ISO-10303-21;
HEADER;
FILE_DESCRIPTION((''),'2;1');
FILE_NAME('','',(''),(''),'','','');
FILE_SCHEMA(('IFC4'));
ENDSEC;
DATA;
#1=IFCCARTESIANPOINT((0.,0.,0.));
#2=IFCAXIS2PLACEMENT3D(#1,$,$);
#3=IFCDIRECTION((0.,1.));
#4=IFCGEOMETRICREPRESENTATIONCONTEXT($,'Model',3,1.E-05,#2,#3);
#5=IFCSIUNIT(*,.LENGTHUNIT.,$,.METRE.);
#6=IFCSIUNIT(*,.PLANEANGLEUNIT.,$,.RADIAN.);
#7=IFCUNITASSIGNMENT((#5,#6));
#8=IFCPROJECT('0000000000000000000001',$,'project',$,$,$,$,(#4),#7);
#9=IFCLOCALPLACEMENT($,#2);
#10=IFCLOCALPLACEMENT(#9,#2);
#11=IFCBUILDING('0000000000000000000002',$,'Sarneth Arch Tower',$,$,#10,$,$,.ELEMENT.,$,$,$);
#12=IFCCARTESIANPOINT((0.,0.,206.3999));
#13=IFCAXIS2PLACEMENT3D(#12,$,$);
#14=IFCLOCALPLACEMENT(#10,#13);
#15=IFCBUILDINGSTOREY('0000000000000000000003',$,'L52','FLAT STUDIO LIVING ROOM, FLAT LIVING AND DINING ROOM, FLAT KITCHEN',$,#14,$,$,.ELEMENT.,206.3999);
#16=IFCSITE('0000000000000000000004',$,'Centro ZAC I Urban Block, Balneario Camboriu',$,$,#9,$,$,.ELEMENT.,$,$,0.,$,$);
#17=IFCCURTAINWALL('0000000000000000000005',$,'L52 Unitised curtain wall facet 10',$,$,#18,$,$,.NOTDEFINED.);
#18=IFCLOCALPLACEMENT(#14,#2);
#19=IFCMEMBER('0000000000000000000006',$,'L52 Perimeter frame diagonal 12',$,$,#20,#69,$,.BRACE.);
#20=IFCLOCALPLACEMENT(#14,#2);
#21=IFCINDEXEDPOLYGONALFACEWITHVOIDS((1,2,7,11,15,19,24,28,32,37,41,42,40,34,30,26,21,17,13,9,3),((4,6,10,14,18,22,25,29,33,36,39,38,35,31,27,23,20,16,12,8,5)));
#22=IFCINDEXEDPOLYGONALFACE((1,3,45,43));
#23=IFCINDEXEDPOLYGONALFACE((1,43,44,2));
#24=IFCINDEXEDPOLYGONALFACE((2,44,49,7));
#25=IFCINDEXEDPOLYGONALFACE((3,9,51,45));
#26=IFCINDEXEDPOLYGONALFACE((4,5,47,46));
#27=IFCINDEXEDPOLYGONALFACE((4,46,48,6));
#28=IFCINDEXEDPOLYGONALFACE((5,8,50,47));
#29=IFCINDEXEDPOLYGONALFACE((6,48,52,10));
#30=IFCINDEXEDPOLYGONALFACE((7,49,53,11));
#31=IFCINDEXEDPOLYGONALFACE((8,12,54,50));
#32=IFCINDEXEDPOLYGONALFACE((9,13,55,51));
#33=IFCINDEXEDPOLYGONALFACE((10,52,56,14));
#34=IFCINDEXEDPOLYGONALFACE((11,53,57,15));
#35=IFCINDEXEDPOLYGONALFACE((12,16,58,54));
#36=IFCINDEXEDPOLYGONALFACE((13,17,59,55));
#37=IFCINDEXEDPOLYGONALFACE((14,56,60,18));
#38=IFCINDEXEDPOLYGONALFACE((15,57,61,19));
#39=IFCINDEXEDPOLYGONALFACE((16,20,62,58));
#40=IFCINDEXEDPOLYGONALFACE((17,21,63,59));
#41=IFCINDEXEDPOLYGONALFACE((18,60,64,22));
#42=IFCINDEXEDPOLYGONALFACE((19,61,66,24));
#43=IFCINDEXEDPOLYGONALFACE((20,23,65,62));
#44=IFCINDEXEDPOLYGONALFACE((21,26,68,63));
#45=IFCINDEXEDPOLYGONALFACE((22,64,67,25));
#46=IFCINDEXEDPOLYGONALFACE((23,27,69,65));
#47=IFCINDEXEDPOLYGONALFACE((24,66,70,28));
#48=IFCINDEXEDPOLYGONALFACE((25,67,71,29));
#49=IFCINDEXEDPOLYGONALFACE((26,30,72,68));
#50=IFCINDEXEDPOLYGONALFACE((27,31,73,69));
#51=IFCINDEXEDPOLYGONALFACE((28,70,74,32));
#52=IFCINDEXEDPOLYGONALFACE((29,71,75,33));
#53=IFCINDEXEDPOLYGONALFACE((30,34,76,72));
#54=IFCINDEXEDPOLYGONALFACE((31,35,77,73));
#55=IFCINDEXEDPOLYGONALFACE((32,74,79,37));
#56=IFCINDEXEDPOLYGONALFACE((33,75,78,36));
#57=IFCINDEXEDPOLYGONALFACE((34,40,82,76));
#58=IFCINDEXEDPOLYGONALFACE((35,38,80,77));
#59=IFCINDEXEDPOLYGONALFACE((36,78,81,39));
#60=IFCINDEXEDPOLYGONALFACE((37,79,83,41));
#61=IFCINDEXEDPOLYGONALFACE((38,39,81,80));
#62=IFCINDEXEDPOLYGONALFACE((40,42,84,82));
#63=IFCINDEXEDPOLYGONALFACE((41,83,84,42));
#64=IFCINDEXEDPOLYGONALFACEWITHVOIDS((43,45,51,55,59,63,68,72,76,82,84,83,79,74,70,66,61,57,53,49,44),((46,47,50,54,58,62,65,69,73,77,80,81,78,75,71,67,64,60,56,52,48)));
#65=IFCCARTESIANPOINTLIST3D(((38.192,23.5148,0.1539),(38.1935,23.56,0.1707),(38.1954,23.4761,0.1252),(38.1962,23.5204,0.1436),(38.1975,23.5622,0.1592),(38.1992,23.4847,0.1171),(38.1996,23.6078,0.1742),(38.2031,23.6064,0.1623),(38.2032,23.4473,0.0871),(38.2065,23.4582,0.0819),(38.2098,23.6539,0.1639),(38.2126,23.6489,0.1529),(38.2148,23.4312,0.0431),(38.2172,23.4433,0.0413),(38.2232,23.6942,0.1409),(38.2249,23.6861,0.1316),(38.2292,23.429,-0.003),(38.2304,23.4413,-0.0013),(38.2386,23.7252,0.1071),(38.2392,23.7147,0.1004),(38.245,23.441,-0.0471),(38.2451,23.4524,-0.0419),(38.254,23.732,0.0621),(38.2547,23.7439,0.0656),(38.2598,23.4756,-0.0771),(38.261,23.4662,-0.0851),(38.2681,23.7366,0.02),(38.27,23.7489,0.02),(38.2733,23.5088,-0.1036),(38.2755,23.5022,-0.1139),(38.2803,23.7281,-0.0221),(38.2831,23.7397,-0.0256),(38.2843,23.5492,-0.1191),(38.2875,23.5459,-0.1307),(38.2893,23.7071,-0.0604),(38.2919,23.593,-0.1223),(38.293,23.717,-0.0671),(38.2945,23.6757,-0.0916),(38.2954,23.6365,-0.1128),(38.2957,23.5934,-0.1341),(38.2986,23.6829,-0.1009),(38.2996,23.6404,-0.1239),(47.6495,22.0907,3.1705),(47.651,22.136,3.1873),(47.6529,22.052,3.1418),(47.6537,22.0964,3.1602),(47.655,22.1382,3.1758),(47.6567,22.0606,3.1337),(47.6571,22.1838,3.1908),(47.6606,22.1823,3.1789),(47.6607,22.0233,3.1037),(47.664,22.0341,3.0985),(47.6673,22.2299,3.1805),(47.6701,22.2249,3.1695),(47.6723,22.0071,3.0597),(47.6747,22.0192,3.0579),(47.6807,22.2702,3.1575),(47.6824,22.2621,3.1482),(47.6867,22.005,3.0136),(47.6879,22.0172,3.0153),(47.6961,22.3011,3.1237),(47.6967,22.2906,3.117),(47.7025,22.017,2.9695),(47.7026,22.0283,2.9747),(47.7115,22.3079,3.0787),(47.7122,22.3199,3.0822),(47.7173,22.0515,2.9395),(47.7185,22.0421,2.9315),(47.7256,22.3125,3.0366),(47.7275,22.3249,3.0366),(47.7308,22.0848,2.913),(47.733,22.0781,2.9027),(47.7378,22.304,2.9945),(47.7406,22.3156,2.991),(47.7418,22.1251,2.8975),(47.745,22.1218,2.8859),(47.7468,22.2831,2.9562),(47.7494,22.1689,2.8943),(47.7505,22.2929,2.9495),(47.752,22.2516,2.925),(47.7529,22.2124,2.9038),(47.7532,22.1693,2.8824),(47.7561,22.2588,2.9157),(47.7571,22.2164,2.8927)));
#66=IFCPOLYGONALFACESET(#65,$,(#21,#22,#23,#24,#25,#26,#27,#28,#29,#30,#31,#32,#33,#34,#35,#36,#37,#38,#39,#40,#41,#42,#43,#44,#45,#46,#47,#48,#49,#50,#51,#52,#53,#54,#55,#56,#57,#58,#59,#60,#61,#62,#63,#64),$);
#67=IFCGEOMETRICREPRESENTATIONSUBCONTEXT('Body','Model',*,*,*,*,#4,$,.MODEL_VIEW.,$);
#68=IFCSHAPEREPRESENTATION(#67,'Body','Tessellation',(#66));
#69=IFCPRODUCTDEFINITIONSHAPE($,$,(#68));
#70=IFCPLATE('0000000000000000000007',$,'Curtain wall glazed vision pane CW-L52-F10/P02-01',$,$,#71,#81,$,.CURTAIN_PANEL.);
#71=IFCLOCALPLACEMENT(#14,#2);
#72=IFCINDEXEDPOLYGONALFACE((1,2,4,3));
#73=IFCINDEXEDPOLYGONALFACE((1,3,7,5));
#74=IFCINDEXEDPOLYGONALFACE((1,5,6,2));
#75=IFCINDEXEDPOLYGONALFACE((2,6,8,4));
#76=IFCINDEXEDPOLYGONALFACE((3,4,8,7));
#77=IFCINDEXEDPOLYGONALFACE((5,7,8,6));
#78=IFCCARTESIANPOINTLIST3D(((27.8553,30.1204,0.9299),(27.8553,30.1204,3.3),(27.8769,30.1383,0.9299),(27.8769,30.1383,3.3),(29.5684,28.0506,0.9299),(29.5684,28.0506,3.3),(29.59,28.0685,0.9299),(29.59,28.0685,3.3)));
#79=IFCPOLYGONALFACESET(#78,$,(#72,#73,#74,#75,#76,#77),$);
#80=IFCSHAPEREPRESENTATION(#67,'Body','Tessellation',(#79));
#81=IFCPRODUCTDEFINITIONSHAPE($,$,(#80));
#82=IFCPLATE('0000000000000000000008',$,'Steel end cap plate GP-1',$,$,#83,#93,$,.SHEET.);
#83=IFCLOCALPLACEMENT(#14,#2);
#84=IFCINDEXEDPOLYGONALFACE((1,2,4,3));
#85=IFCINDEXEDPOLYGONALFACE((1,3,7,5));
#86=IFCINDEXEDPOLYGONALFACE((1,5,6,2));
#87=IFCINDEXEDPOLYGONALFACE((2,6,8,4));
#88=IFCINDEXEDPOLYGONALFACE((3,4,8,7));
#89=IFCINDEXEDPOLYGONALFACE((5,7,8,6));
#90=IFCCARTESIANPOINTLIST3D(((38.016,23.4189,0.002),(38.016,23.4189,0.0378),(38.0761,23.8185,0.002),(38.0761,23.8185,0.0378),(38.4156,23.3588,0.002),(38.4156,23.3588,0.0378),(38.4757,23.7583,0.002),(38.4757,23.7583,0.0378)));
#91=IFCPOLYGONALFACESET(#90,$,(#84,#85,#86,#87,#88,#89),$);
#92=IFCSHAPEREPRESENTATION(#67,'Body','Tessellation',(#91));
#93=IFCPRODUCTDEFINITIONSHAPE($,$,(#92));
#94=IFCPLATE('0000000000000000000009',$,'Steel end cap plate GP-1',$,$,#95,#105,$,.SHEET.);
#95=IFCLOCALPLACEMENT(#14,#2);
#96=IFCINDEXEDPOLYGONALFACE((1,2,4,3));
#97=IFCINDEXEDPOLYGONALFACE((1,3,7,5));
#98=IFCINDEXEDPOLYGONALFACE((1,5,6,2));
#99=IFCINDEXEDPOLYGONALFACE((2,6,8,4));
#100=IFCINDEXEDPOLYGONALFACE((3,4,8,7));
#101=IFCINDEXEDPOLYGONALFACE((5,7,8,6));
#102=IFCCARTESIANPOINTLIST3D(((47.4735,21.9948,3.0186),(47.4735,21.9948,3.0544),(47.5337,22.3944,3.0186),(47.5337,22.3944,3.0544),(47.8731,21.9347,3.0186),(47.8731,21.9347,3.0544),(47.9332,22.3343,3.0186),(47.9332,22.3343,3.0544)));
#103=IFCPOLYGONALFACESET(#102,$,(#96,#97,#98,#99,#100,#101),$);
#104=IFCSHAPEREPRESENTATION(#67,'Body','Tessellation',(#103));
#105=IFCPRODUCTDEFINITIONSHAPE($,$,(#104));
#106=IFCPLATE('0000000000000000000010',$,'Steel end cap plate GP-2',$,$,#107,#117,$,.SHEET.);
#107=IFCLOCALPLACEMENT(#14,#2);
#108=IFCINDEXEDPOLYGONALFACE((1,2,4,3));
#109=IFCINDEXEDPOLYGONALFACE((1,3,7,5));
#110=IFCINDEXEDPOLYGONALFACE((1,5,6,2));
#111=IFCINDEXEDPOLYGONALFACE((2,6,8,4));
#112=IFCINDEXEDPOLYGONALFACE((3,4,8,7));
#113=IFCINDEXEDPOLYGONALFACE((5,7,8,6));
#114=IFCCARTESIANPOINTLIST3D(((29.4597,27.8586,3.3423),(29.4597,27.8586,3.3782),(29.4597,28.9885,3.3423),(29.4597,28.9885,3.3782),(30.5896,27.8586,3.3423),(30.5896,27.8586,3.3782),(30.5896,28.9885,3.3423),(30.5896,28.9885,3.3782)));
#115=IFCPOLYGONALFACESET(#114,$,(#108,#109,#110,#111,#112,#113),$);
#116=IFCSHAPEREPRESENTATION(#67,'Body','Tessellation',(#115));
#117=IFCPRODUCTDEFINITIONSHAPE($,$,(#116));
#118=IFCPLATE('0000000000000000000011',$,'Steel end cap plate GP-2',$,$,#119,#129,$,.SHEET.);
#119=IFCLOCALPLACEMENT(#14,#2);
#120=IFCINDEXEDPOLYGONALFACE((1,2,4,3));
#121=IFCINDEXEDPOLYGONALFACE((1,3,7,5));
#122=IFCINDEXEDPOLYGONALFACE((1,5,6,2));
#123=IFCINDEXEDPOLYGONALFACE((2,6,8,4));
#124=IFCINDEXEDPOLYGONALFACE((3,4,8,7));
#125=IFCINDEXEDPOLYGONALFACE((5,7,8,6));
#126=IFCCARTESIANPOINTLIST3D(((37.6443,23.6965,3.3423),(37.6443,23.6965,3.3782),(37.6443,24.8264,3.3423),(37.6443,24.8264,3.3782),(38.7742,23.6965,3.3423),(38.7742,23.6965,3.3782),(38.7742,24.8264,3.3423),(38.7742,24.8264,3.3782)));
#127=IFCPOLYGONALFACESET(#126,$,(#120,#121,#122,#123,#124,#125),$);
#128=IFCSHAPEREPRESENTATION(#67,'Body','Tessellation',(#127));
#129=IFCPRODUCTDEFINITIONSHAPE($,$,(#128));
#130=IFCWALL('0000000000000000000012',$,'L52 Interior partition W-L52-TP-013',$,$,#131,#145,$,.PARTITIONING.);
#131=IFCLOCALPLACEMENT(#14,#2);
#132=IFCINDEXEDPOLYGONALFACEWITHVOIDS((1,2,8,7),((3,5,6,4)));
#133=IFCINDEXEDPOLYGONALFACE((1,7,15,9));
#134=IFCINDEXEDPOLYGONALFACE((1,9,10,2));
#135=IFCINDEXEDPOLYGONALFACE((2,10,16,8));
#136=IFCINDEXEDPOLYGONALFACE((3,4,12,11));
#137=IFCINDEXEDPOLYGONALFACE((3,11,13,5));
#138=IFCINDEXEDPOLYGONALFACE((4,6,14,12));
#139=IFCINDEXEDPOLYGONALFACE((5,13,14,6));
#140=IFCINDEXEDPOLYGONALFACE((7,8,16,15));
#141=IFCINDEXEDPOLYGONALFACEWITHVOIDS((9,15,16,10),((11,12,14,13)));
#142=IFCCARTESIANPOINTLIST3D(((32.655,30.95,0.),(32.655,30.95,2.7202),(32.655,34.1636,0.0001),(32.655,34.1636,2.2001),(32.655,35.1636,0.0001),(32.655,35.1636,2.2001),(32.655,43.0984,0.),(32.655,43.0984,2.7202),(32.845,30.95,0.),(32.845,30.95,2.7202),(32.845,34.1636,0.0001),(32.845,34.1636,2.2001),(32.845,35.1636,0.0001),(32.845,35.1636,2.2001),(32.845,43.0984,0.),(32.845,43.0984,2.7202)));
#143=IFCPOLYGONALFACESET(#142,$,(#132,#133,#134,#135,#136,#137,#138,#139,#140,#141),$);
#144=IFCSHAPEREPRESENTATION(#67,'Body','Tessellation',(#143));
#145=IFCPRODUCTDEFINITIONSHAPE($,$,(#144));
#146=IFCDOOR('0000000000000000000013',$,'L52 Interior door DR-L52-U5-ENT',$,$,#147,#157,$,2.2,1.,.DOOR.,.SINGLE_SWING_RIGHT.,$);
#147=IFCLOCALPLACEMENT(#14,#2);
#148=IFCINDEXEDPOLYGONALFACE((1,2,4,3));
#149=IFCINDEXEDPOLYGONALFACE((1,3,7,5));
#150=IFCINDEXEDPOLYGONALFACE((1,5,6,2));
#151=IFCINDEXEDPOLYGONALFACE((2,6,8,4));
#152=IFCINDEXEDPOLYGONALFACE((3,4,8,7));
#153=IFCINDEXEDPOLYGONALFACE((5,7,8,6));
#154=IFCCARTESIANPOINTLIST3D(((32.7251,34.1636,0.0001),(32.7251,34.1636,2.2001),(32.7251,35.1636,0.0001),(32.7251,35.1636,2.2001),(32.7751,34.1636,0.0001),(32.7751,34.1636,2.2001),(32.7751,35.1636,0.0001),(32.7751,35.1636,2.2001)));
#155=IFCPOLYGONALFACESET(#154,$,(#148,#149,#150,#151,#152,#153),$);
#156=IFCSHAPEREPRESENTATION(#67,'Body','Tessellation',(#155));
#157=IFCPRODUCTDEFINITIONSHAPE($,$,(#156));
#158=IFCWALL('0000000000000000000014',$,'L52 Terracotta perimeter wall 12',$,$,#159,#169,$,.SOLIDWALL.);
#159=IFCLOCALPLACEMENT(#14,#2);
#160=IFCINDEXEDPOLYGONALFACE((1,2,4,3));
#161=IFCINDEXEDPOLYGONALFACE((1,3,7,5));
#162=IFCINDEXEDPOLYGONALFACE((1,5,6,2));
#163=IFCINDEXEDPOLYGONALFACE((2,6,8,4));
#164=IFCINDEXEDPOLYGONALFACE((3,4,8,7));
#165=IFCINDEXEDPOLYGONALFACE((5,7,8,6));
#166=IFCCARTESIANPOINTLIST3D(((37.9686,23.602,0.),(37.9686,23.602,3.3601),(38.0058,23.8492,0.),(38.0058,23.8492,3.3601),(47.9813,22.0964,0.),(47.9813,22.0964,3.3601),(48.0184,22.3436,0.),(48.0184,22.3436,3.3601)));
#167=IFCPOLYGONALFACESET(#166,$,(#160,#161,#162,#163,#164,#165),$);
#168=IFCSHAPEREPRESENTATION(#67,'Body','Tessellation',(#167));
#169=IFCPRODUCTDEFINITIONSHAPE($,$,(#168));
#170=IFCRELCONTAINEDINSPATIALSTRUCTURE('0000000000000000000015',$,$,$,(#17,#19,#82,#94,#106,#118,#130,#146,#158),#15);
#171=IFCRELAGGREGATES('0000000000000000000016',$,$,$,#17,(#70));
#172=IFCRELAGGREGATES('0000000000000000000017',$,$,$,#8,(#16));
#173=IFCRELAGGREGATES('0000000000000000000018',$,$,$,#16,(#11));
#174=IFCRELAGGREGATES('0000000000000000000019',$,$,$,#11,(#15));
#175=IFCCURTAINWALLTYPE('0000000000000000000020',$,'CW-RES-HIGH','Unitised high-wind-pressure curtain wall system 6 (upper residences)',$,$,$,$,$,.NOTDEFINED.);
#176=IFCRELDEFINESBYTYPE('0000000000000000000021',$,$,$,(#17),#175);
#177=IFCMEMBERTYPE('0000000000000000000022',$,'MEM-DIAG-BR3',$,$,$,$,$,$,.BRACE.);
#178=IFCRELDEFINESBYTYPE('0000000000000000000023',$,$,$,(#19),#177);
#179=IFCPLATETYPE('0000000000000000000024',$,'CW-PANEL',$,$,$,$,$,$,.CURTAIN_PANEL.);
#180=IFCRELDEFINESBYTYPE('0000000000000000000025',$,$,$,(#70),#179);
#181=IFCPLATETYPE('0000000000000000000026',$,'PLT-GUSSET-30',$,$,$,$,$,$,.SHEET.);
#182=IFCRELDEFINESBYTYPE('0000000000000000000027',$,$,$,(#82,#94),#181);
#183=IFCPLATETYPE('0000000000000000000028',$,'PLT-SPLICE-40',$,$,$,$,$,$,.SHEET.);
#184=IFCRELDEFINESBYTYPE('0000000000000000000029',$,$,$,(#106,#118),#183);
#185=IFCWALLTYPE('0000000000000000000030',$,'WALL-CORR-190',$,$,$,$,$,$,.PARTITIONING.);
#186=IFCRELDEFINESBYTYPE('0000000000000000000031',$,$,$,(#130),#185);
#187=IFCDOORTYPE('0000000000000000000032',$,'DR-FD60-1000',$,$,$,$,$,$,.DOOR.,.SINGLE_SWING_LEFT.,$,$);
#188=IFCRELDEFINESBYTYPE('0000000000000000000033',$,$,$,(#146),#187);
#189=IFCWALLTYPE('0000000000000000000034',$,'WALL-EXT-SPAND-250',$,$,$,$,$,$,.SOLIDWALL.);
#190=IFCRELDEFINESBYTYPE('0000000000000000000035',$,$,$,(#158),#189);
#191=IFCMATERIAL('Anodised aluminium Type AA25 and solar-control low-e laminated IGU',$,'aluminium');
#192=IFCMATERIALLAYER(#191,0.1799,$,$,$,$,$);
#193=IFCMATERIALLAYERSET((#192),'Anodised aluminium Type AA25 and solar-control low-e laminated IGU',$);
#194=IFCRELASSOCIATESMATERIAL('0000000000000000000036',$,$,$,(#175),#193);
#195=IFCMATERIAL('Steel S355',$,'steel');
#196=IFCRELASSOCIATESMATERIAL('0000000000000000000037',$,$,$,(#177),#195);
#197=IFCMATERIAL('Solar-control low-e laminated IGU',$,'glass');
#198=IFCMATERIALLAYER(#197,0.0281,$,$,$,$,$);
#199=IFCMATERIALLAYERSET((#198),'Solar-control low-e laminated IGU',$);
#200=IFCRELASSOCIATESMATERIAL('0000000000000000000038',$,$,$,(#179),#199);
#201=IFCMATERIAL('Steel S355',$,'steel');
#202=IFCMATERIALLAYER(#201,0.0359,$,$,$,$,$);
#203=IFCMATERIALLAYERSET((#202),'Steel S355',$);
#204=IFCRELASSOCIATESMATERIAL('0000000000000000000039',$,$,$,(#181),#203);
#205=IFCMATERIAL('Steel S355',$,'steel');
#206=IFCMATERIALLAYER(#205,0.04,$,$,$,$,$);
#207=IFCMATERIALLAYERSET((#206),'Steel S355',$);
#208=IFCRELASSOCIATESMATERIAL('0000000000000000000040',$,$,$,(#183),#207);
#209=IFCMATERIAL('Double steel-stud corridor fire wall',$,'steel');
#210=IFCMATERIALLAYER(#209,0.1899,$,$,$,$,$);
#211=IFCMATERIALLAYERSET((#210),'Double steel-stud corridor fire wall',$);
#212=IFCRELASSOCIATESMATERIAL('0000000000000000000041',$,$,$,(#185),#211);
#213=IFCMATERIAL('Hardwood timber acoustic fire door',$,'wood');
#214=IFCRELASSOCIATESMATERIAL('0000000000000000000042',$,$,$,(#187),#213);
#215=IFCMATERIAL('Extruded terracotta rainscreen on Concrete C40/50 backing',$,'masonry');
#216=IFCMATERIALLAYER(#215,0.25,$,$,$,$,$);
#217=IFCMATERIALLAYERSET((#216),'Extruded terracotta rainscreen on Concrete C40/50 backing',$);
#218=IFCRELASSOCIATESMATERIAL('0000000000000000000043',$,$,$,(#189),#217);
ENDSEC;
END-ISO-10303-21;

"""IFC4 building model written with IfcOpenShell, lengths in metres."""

from ifc_helpers import new_model, si_unit, direction, frame, frame_2d, origin, origin_2d, place, context, subcontext, project, spatial, rectangle, hollow_circle, extrude, material, layer, layer_set, material_profile, profile_set, type_object, element, fill, aggregate, save


model = new_model("IFC4")

# Units and contexts
model_context = context("Model", 3, precision=1e-05, world=origin(), true_north=direction((0.0, 1.0)))
body_context = subcontext(model_context, "Body", "Model", "MODEL_VIEW")
ifc_project = project(units=[si_unit("LENGTHUNIT", "METRE"), si_unit("PLANEANGLEUNIT", "RADIAN")], contexts=[model_context])

# Site, building, storey
site_placement = place(None, origin())
site = spatial("IfcSite", under=ifc_project, at=site_placement, Name="Centro ZAC I Urban Block, Balneario Camboriu", CompositionType="ELEMENT", RefElevation=0.0)
building_placement = place(site_placement, origin())
building = spatial("IfcBuilding", under=site, at=building_placement, Name="Sarneth Arch Tower", CompositionType="ELEMENT")
storey_placement = place(building_placement, frame((0.0, 0.0, 206.3999)))
storey = spatial("IfcBuildingStorey", under=building, at=storey_placement, Name="L52", Description="FLAT STUDIO LIVING ROOM, FLAT LIVING AND DINING ROOM, FLAT KITCHEN", CompositionType="ELEMENT", Elevation=206.3999)

# Curtain wall
ifc_material_1 = material(Name="Anodised aluminium Type AA25 and solar-control low-e laminated IGU", Category="aluminium")
ifc_layer_1 = layer(ifc_material_1, 0.1799)
ifc_layer_set_1 = layer_set([ifc_layer_1], Name="Anodised aluminium Type AA25 and solar-control low-e laminated IGU")
curtain_wall_type = type_object("IfcCurtainWallType", Name="CW-RES-HIGH", Description="Unitised high-wind-pressure curtain wall system 6 (upper residences)", PredefinedType="NOTDEFINED", material=ifc_layer_set_1)
curtain_wall_placement = place(storey_placement, origin())
curtain_wall = element("IfcCurtainWall", 1, at=curtain_wall_placement, inside=storey, type_object=curtain_wall_type, Name="L52 Unitised curtain wall facet 10", PredefinedType="NOTDEFINED")

# Member
ifc_material_2 = material(Name="Steel S355", Category="steel")
ifc_material_profile_1 = material_profile(ifc_material_2, hollow_circle(Radius=0.1621, WallThickness=0.0125, at=origin_2d()), Name="CHS324x12.5")
ifc_profile_set_1 = profile_set([ifc_material_profile_1], Name="Steel S355")
member_type_1 = type_object("IfcMemberType", Name="MEM-DIAG-BR3", PredefinedType="BRACE", material=ifc_profile_set_1)
member_1_placement = place(storey_placement, frame((38.2458, 23.5886, 0.02), z_axis=(0.943056, -0.142001, 0.3008), x_axis=(0.148897, 0.988853, 0.0)))
element("IfcMember", 2, at=member_1_placement, inside=storey, type_object=member_type_1, Name="L52 Perimeter frame diagonal 12", PredefinedType="BRACE", context=body_context, shape_type="SweptSolid", body=[
    extrude(hollow_circle(Radius=0.1621, WallThickness=0.0125, at=origin_2d()), origin(), (0.0, 0.0, 1.0), 10.0286),
])

# Plate
ifc_material_3 = material(Name="Solar-control low-e laminated IGU", Category="glass")
ifc_layer_2 = layer(ifc_material_3, 0.0281)
ifc_layer_set_2 = layer_set([ifc_layer_2], Name="Solar-control low-e laminated IGU")
plate_type_1 = type_object("IfcPlateType", Name="CW-PANEL", PredefinedType="CURTAIN_PANEL", material=ifc_layer_set_2)
plate_placement = place(storey_placement, frame((28.7227, 29.0945, 0.9299), z_axis=(0.0, 0.0, 1.0), x_axis=(0.63761, -0.770359, 0.0)))
plate = element("IfcPlate", 3, at=plate_placement, type_object=plate_type_1, Name="Curtain wall glazed vision pane CW-L52-F10/P02-01", PredefinedType="CURTAIN_PANEL", context=body_context, shape_type="SweptSolid", body=[
    extrude(rectangle(XDim=2.6868, YDim=0.0281, at=origin_2d()), origin(), (0.0, 0.0, 1.0), 2.3701),
])
aggregate(curtain_wall, [plate])

# Plates
ifc_material_4 = material(Name="Steel S355", Category="steel")
ifc_layer_3 = layer(ifc_material_4, 0.0359)
ifc_layer_set_3 = layer_set([ifc_layer_3], Name="Steel S355")
plate_type_2 = type_object("IfcPlateType", Name="PLT-GUSSET-30", PredefinedType="SHEET", material=ifc_layer_set_3)
for number, where, z_axis, x_axis, name in (
    (4, (38.2458, 23.5886, 0.002), (0.0, 0.0, 1.0), (0.988861, -0.148845, 0.0), "Steel end cap plate GP-1"),
    (5, (47.7034, 22.1646, 3.0186), (0.0, 0.0, 1.0), (0.988861, -0.148845, 0.0), "Steel end cap plate GP-1"),
):
    element("IfcPlate", number, at=place(storey_placement, frame(where, z_axis=z_axis, x_axis=x_axis)), inside=storey, type_object=plate_type_2, Name=name, PredefinedType="SHEET", context=body_context, shape_type="SweptSolid", body=[
        extrude(rectangle(XDim=0.4041, YDim=0.4041, at=origin_2d()), origin(), (0.0, 0.0, 1.0), 0.0359),
    ])
ifc_material_5 = material(Name="Steel S355", Category="steel")
ifc_layer_4 = layer(ifc_material_5, 0.04)
ifc_layer_set_4 = layer_set([ifc_layer_4], Name="Steel S355")
plate_type_3 = type_object("IfcPlateType", Name="PLT-SPLICE-40", PredefinedType="SHEET", material=ifc_layer_set_4)
for number, where, z_axis, x_axis, name in (
    (6, (30.0247, 28.4236, 3.3423), (0.0, 0.0, 1.0), (1.0, 0.0, 0.0), "Steel end cap plate GP-2"),
    (7, (38.2092, 24.2615, 3.3423), (0.0, 0.0, 1.0), (1.0, 0.0, 0.0), "Steel end cap plate GP-2"),
):
    element("IfcPlate", number, at=place(storey_placement, frame(where, z_axis=z_axis, x_axis=x_axis)), inside=storey, type_object=plate_type_3, Name=name, PredefinedType="SHEET", context=body_context, shape_type="SweptSolid", body=[
        extrude(rectangle(XDim=1.1299, YDim=1.1299, at=origin_2d()), origin(), (0.0, 0.0, 1.0), 0.0359),
    ])

# Wall, opening, door
ifc_material_6 = material(Name="Double steel-stud corridor fire wall", Category="steel")
ifc_layer_5 = layer(ifc_material_6, 0.1899)
ifc_layer_set_5 = layer_set([ifc_layer_5], Name="Double steel-stud corridor fire wall")
wall_type_1 = type_object("IfcWallType", Name="WALL-CORR-190", PredefinedType="PARTITIONING", material=ifc_layer_set_5)
wall_1_placement = place(storey_placement, frame((32.75, 30.95, 0.0), z_axis=(0.0, 0.0, 1.0), x_axis=(0.0, 1.0, 0.0)))
wall_1 = element("IfcWall", 8, at=wall_1_placement, inside=storey, type_object=wall_type_1, Name="L52 Interior partition W-L52-TP-013", PredefinedType="PARTITIONING", context=body_context, shape_type="SweptSolid", body=[
    extrude(rectangle(XDim=12.1484, YDim=0.1899, at=frame_2d((6.0742, 0.0))), origin(), (0.0, 0.0, 1.0), 2.7202),
])
opening_1_placement = place(wall_1_placement, frame((3.2136, 0.0, 0.0)))
opening_1 = element("IfcOpeningElement", 9, at=opening_1_placement, cuts=wall_1, PredefinedType="OPENING", context=body_context, shape_type="SweptSolid", body=[
    extrude(rectangle(XDim=1.0, YDim=2.2, at=frame_2d((0.5, 1.1001))), frame((0.0, 0.105, 0.0), z_axis=(0.0, -1.0, 0.0), x_axis=(1.0, 0.0, 0.0)), (0.0, 0.0, 1.0), 0.21),
])
ifc_material_7 = material(Name="Hardwood timber acoustic fire door", Category="wood")
door_type = type_object("IfcDoorType", Name="DR-FD60-1000", OperationType="SINGLE_SWING_LEFT", PredefinedType="DOOR", material=ifc_material_7)
door_placement = place(opening_1_placement, origin())
door = element("IfcDoor", 10, at=door_placement, inside=storey, type_object=door_type, Name="L52 Interior door DR-L52-U5-ENT", OperationType="SINGLE_SWING_RIGHT", OverallHeight=2.2, OverallWidth=1.0, PredefinedType="DOOR", context=body_context, shape_type="SweptSolid", body=[
    extrude(rectangle(XDim=1.0, YDim=2.2, at=frame_2d((0.5, 1.1001))), frame((0.0, 0.0249, 0.0), z_axis=(0.0, -1.0, 0.0), x_axis=(1.0, 0.0, 0.0)), (0.0, 0.0, 1.0), 0.05),
])
fill(opening_1, door)

# Wall
ifc_material_8 = material(Name="Extruded terracotta rainscreen on Concrete C40/50 backing", Category="masonry")
ifc_layer_6 = layer(ifc_material_8, 0.25)
ifc_layer_set_6 = layer_set([ifc_layer_6], Name="Extruded terracotta rainscreen on Concrete C40/50 backing")
wall_type_2 = type_object("IfcWallType", Name="WALL-EXT-SPAND-250", PredefinedType="SOLIDWALL", material=ifc_layer_set_6)
wall_2_placement = place(storey_placement, frame((37.9873, 23.7256, 0.0), z_axis=(0.0, 0.0, 1.0), x_axis=(0.988883, -0.148699, 0.0)))
element("IfcWall", 11, at=wall_2_placement, inside=storey, type_object=wall_type_2, Name="L52 Terracotta perimeter wall 12", PredefinedType="SOLIDWALL", context=body_context, shape_type="SweptSolid", body=[
    extrude(rectangle(XDim=10.1252, YDim=0.25, at=frame_2d((5.0625, 0.0))), origin(), (0.0, 0.0, 1.0), 3.3601),
])

save(model, "model.ifc")
